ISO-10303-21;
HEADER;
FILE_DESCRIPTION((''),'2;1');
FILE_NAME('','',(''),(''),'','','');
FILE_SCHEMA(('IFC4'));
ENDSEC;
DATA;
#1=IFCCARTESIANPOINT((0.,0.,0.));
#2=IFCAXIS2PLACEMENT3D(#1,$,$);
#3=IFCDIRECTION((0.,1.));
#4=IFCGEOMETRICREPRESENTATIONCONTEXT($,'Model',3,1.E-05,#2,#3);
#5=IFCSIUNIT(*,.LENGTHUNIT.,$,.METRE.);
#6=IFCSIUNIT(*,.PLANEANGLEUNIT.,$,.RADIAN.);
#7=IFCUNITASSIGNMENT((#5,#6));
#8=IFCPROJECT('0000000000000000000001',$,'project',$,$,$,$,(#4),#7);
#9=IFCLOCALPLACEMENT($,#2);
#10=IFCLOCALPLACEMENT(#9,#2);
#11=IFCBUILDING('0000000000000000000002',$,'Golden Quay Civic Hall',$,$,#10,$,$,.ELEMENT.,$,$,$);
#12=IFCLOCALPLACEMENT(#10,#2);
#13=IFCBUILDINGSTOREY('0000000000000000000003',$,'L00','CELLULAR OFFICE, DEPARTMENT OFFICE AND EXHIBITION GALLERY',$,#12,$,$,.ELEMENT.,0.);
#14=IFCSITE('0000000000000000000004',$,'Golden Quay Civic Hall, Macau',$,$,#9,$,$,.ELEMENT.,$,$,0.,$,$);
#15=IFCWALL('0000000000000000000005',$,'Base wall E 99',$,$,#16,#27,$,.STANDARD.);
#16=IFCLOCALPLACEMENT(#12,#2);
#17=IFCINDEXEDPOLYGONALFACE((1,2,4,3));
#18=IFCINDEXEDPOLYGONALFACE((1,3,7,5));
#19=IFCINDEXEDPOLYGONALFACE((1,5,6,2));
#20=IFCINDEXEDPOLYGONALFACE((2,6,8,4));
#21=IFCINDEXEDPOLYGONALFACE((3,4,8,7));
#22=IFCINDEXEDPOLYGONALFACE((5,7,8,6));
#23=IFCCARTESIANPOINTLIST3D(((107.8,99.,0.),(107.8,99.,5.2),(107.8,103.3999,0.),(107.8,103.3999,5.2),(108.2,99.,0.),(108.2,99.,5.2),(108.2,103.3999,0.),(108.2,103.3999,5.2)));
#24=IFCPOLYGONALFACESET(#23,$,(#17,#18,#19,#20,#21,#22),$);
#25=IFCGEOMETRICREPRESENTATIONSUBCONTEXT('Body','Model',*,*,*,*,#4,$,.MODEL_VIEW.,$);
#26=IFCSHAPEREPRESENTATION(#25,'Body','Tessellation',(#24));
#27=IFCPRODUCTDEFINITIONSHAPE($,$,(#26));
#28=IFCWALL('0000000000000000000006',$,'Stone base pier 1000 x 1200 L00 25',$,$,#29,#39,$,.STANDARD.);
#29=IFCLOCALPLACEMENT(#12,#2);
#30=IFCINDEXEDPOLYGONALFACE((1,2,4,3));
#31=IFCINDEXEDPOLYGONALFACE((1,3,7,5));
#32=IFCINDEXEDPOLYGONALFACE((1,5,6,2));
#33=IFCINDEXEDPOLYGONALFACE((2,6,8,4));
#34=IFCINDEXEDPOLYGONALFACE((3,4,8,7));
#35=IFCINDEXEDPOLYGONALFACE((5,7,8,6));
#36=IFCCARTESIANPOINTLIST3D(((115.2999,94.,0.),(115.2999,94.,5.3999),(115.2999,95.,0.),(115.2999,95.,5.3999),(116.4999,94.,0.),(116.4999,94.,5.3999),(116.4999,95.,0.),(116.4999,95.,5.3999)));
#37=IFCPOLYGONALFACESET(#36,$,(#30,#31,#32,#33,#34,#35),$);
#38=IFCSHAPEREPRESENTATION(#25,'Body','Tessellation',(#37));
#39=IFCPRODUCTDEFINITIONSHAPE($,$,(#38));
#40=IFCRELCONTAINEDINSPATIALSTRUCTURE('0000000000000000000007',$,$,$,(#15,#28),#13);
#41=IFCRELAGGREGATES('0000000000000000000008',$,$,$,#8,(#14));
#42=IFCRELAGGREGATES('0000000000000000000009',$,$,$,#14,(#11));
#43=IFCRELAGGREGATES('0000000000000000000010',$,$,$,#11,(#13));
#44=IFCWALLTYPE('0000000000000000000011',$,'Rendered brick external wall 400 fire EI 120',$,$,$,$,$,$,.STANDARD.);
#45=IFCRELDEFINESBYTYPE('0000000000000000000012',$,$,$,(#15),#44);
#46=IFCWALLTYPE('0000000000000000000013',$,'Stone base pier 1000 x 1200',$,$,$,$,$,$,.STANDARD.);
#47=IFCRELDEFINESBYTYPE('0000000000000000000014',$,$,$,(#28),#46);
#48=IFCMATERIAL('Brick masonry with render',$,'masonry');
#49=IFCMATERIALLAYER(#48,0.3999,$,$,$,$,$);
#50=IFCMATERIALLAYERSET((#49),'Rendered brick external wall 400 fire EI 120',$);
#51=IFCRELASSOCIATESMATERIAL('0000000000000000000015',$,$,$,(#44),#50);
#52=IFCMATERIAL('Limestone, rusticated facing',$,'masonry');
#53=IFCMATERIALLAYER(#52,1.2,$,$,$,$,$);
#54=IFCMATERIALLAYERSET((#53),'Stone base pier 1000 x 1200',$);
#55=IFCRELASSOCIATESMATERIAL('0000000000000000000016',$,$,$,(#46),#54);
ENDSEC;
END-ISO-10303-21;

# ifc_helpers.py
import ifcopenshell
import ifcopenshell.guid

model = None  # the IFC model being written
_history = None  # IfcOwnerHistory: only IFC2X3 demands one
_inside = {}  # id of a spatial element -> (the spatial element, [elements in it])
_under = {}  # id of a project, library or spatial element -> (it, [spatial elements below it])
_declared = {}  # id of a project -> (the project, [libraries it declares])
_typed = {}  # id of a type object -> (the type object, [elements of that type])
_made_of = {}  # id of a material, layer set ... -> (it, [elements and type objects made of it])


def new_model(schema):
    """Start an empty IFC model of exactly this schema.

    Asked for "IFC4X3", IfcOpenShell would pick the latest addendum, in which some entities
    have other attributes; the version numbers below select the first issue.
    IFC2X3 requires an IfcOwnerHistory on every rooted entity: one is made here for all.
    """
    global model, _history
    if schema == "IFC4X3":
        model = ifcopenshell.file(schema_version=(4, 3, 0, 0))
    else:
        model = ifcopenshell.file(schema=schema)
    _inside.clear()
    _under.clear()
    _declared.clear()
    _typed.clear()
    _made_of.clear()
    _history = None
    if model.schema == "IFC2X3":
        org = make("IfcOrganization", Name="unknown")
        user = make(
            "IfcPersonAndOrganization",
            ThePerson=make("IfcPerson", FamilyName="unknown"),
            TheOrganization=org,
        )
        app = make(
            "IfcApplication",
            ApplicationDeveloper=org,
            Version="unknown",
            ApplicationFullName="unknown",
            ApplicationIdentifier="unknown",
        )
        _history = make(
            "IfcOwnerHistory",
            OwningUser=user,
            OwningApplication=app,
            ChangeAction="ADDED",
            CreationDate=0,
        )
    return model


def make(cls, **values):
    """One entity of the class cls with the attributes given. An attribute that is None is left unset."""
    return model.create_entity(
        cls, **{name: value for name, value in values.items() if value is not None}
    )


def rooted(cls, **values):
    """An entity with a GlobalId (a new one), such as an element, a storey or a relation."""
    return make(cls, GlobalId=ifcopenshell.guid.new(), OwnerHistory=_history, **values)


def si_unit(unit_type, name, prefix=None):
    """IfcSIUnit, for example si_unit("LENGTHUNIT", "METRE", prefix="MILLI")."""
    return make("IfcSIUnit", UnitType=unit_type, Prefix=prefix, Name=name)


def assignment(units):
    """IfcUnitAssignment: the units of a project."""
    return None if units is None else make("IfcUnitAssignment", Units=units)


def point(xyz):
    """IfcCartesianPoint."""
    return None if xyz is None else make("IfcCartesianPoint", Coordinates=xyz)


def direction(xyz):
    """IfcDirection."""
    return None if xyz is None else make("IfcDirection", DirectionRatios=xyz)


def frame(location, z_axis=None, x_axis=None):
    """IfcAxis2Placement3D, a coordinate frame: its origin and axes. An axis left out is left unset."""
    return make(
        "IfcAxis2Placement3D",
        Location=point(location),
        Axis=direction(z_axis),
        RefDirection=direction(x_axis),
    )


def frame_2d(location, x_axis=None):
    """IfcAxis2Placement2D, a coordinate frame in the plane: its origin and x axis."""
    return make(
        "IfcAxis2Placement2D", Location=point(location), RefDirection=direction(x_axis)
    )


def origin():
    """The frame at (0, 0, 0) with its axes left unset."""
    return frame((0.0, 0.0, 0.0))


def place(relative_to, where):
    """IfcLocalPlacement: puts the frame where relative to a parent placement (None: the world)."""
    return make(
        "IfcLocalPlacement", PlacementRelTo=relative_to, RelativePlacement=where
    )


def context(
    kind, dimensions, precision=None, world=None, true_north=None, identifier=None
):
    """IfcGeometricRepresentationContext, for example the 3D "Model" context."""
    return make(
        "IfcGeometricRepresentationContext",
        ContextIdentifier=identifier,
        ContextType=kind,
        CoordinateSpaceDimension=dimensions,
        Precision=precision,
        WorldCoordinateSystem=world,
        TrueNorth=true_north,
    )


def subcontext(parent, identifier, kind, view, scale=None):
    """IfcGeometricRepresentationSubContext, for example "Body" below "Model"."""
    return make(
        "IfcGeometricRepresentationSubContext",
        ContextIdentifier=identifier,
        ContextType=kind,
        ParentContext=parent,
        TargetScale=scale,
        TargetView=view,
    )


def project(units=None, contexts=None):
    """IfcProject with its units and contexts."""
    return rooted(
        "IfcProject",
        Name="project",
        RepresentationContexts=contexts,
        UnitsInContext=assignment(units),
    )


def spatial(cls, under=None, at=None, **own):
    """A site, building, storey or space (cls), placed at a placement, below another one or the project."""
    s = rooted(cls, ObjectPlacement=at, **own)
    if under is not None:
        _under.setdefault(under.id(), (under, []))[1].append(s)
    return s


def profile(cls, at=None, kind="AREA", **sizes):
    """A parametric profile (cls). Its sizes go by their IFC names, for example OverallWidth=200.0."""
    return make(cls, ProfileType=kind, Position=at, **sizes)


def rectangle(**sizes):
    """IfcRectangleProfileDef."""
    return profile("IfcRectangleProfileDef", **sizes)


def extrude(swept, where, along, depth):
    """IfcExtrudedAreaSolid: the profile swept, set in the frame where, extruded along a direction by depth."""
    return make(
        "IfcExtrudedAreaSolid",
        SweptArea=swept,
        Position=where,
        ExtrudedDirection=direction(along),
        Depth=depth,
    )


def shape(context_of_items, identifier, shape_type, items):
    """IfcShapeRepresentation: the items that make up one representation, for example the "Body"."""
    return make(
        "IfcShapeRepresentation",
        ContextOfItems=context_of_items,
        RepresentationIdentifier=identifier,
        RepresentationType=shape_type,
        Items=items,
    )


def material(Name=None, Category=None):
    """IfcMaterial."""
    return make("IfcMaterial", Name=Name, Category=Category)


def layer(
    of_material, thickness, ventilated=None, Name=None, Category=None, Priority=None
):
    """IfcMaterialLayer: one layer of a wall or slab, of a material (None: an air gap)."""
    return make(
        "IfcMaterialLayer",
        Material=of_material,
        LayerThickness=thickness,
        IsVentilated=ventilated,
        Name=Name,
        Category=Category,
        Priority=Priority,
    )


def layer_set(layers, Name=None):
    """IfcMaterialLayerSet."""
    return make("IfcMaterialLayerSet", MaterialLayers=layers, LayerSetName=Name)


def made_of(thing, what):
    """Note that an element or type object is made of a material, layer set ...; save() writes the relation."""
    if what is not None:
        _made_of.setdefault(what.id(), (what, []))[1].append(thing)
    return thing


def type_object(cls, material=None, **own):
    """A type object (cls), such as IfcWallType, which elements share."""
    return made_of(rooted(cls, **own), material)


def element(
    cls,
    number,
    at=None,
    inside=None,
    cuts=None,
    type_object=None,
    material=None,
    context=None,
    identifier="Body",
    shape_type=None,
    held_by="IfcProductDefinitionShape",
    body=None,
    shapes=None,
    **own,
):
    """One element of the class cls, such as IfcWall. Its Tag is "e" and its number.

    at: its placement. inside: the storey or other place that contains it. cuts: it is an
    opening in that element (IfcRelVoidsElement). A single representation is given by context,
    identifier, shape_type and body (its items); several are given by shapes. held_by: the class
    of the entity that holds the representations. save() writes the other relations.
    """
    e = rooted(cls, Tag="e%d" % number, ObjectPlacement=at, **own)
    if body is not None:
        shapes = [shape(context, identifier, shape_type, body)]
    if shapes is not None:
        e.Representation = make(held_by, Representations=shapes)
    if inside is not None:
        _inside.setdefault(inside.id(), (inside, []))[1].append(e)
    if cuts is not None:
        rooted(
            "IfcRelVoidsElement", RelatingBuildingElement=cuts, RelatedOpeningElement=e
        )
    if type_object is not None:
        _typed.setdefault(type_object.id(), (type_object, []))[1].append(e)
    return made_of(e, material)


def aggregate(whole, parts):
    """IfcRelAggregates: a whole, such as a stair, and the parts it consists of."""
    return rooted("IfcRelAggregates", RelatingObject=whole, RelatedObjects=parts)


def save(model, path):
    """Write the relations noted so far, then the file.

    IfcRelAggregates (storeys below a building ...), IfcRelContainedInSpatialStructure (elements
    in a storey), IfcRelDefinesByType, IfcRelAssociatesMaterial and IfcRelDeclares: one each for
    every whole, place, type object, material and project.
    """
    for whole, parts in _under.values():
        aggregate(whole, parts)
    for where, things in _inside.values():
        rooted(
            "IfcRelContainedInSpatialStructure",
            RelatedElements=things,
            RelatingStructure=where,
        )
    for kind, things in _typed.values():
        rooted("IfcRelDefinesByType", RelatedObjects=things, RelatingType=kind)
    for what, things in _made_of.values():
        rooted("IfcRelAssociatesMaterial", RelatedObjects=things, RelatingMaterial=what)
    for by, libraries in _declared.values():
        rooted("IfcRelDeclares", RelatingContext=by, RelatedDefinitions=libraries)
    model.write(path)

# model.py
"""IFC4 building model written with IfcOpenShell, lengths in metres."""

from ifc_helpers import new_model, si_unit, direction, frame, frame_2d, origin, place, context, subcontext, project, spatial, rectangle, extrude, material, layer, layer_set, type_object, element, save


model = new_model("IFC4")

# Units and contexts
model_context = context("Model", 3, precision=1e-05, world=origin(), true_north=direction((0.0, 1.0)))
body_context = subcontext(model_context, "Body", "Model", "MODEL_VIEW")
ifc_project = project(units=[si_unit("LENGTHUNIT", "METRE"), si_unit("PLANEANGLEUNIT", "RADIAN")], contexts=[model_context])

# Site, building, storey
site_placement = place(None, origin())
site = spatial("IfcSite", under=ifc_project, at=site_placement, Name="Golden Quay Civic Hall, Macau", CompositionType="ELEMENT", RefElevation=0.0)
building_placement = place(site_placement, origin())
building = spatial("IfcBuilding", under=site, at=building_placement, Name="Golden Quay Civic Hall", CompositionType="ELEMENT")
storey_placement = place(building_placement, origin())
storey = spatial("IfcBuildingStorey", under=building, at=storey_placement, Name="L00", Description="CELLULAR OFFICE, DEPARTMENT OFFICE AND EXHIBITION GALLERY", CompositionType="ELEMENT", Elevation=0.0)

# Walls
ifc_material_1 = material(Name="Brick masonry with render", Category="masonry")
ifc_layer_1 = layer(ifc_material_1, 0.3999)
ifc_layer_set_1 = layer_set([ifc_layer_1], Name="Rendered brick external wall 400 fire EI 120")
wall_type_1 = type_object("IfcWallType", Name="Rendered brick external wall 400 fire EI 120", PredefinedType="STANDARD", material=ifc_layer_set_1)
wall_1_placement = place(storey_placement, frame((108.0, 99.0, 0.0), z_axis=(0.0, 0.0, 1.0), x_axis=(0.0, 1.0, 0.0)))
element("IfcWall", 1, at=wall_1_placement, inside=storey, type_object=wall_type_1, Name="Base wall E 99", PredefinedType="STANDARD", context=body_context, shape_type="SweptSolid", body=[
    extrude(rectangle(XDim=4.3999, YDim=0.3999, at=frame_2d((2.2, 0.0))), origin(), (0.0, 0.0, 1.0), 5.2),
])
ifc_material_2 = material(Name="Limestone, rusticated facing", Category="masonry")
ifc_layer_2 = layer(ifc_material_2, 1.2)
ifc_layer_set_2 = layer_set([ifc_layer_2], Name="Stone base pier 1000 x 1200")
wall_type_2 = type_object("IfcWallType", Name="Stone base pier 1000 x 1200", PredefinedType="STANDARD", material=ifc_layer_set_2)
wall_2_placement = place(storey_placement, frame((115.8999, 94.0, 0.0), z_axis=(0.0, 0.0, 1.0), x_axis=(0.0, 1.0, 0.0)))
element("IfcWall", 2, at=wall_2_placement, inside=storey, type_object=wall_type_2, Name="Stone base pier 1000 x 1200 L00 25", PredefinedType="STANDARD", context=body_context, shape_type="SweptSolid", body=[
    extrude(rectangle(XDim=1.0, YDim=1.2, at=frame_2d((0.5, 0.0))), origin(), (0.0, 0.0, 1.0), 5.3999),
])

save(model, "model.ifc")
